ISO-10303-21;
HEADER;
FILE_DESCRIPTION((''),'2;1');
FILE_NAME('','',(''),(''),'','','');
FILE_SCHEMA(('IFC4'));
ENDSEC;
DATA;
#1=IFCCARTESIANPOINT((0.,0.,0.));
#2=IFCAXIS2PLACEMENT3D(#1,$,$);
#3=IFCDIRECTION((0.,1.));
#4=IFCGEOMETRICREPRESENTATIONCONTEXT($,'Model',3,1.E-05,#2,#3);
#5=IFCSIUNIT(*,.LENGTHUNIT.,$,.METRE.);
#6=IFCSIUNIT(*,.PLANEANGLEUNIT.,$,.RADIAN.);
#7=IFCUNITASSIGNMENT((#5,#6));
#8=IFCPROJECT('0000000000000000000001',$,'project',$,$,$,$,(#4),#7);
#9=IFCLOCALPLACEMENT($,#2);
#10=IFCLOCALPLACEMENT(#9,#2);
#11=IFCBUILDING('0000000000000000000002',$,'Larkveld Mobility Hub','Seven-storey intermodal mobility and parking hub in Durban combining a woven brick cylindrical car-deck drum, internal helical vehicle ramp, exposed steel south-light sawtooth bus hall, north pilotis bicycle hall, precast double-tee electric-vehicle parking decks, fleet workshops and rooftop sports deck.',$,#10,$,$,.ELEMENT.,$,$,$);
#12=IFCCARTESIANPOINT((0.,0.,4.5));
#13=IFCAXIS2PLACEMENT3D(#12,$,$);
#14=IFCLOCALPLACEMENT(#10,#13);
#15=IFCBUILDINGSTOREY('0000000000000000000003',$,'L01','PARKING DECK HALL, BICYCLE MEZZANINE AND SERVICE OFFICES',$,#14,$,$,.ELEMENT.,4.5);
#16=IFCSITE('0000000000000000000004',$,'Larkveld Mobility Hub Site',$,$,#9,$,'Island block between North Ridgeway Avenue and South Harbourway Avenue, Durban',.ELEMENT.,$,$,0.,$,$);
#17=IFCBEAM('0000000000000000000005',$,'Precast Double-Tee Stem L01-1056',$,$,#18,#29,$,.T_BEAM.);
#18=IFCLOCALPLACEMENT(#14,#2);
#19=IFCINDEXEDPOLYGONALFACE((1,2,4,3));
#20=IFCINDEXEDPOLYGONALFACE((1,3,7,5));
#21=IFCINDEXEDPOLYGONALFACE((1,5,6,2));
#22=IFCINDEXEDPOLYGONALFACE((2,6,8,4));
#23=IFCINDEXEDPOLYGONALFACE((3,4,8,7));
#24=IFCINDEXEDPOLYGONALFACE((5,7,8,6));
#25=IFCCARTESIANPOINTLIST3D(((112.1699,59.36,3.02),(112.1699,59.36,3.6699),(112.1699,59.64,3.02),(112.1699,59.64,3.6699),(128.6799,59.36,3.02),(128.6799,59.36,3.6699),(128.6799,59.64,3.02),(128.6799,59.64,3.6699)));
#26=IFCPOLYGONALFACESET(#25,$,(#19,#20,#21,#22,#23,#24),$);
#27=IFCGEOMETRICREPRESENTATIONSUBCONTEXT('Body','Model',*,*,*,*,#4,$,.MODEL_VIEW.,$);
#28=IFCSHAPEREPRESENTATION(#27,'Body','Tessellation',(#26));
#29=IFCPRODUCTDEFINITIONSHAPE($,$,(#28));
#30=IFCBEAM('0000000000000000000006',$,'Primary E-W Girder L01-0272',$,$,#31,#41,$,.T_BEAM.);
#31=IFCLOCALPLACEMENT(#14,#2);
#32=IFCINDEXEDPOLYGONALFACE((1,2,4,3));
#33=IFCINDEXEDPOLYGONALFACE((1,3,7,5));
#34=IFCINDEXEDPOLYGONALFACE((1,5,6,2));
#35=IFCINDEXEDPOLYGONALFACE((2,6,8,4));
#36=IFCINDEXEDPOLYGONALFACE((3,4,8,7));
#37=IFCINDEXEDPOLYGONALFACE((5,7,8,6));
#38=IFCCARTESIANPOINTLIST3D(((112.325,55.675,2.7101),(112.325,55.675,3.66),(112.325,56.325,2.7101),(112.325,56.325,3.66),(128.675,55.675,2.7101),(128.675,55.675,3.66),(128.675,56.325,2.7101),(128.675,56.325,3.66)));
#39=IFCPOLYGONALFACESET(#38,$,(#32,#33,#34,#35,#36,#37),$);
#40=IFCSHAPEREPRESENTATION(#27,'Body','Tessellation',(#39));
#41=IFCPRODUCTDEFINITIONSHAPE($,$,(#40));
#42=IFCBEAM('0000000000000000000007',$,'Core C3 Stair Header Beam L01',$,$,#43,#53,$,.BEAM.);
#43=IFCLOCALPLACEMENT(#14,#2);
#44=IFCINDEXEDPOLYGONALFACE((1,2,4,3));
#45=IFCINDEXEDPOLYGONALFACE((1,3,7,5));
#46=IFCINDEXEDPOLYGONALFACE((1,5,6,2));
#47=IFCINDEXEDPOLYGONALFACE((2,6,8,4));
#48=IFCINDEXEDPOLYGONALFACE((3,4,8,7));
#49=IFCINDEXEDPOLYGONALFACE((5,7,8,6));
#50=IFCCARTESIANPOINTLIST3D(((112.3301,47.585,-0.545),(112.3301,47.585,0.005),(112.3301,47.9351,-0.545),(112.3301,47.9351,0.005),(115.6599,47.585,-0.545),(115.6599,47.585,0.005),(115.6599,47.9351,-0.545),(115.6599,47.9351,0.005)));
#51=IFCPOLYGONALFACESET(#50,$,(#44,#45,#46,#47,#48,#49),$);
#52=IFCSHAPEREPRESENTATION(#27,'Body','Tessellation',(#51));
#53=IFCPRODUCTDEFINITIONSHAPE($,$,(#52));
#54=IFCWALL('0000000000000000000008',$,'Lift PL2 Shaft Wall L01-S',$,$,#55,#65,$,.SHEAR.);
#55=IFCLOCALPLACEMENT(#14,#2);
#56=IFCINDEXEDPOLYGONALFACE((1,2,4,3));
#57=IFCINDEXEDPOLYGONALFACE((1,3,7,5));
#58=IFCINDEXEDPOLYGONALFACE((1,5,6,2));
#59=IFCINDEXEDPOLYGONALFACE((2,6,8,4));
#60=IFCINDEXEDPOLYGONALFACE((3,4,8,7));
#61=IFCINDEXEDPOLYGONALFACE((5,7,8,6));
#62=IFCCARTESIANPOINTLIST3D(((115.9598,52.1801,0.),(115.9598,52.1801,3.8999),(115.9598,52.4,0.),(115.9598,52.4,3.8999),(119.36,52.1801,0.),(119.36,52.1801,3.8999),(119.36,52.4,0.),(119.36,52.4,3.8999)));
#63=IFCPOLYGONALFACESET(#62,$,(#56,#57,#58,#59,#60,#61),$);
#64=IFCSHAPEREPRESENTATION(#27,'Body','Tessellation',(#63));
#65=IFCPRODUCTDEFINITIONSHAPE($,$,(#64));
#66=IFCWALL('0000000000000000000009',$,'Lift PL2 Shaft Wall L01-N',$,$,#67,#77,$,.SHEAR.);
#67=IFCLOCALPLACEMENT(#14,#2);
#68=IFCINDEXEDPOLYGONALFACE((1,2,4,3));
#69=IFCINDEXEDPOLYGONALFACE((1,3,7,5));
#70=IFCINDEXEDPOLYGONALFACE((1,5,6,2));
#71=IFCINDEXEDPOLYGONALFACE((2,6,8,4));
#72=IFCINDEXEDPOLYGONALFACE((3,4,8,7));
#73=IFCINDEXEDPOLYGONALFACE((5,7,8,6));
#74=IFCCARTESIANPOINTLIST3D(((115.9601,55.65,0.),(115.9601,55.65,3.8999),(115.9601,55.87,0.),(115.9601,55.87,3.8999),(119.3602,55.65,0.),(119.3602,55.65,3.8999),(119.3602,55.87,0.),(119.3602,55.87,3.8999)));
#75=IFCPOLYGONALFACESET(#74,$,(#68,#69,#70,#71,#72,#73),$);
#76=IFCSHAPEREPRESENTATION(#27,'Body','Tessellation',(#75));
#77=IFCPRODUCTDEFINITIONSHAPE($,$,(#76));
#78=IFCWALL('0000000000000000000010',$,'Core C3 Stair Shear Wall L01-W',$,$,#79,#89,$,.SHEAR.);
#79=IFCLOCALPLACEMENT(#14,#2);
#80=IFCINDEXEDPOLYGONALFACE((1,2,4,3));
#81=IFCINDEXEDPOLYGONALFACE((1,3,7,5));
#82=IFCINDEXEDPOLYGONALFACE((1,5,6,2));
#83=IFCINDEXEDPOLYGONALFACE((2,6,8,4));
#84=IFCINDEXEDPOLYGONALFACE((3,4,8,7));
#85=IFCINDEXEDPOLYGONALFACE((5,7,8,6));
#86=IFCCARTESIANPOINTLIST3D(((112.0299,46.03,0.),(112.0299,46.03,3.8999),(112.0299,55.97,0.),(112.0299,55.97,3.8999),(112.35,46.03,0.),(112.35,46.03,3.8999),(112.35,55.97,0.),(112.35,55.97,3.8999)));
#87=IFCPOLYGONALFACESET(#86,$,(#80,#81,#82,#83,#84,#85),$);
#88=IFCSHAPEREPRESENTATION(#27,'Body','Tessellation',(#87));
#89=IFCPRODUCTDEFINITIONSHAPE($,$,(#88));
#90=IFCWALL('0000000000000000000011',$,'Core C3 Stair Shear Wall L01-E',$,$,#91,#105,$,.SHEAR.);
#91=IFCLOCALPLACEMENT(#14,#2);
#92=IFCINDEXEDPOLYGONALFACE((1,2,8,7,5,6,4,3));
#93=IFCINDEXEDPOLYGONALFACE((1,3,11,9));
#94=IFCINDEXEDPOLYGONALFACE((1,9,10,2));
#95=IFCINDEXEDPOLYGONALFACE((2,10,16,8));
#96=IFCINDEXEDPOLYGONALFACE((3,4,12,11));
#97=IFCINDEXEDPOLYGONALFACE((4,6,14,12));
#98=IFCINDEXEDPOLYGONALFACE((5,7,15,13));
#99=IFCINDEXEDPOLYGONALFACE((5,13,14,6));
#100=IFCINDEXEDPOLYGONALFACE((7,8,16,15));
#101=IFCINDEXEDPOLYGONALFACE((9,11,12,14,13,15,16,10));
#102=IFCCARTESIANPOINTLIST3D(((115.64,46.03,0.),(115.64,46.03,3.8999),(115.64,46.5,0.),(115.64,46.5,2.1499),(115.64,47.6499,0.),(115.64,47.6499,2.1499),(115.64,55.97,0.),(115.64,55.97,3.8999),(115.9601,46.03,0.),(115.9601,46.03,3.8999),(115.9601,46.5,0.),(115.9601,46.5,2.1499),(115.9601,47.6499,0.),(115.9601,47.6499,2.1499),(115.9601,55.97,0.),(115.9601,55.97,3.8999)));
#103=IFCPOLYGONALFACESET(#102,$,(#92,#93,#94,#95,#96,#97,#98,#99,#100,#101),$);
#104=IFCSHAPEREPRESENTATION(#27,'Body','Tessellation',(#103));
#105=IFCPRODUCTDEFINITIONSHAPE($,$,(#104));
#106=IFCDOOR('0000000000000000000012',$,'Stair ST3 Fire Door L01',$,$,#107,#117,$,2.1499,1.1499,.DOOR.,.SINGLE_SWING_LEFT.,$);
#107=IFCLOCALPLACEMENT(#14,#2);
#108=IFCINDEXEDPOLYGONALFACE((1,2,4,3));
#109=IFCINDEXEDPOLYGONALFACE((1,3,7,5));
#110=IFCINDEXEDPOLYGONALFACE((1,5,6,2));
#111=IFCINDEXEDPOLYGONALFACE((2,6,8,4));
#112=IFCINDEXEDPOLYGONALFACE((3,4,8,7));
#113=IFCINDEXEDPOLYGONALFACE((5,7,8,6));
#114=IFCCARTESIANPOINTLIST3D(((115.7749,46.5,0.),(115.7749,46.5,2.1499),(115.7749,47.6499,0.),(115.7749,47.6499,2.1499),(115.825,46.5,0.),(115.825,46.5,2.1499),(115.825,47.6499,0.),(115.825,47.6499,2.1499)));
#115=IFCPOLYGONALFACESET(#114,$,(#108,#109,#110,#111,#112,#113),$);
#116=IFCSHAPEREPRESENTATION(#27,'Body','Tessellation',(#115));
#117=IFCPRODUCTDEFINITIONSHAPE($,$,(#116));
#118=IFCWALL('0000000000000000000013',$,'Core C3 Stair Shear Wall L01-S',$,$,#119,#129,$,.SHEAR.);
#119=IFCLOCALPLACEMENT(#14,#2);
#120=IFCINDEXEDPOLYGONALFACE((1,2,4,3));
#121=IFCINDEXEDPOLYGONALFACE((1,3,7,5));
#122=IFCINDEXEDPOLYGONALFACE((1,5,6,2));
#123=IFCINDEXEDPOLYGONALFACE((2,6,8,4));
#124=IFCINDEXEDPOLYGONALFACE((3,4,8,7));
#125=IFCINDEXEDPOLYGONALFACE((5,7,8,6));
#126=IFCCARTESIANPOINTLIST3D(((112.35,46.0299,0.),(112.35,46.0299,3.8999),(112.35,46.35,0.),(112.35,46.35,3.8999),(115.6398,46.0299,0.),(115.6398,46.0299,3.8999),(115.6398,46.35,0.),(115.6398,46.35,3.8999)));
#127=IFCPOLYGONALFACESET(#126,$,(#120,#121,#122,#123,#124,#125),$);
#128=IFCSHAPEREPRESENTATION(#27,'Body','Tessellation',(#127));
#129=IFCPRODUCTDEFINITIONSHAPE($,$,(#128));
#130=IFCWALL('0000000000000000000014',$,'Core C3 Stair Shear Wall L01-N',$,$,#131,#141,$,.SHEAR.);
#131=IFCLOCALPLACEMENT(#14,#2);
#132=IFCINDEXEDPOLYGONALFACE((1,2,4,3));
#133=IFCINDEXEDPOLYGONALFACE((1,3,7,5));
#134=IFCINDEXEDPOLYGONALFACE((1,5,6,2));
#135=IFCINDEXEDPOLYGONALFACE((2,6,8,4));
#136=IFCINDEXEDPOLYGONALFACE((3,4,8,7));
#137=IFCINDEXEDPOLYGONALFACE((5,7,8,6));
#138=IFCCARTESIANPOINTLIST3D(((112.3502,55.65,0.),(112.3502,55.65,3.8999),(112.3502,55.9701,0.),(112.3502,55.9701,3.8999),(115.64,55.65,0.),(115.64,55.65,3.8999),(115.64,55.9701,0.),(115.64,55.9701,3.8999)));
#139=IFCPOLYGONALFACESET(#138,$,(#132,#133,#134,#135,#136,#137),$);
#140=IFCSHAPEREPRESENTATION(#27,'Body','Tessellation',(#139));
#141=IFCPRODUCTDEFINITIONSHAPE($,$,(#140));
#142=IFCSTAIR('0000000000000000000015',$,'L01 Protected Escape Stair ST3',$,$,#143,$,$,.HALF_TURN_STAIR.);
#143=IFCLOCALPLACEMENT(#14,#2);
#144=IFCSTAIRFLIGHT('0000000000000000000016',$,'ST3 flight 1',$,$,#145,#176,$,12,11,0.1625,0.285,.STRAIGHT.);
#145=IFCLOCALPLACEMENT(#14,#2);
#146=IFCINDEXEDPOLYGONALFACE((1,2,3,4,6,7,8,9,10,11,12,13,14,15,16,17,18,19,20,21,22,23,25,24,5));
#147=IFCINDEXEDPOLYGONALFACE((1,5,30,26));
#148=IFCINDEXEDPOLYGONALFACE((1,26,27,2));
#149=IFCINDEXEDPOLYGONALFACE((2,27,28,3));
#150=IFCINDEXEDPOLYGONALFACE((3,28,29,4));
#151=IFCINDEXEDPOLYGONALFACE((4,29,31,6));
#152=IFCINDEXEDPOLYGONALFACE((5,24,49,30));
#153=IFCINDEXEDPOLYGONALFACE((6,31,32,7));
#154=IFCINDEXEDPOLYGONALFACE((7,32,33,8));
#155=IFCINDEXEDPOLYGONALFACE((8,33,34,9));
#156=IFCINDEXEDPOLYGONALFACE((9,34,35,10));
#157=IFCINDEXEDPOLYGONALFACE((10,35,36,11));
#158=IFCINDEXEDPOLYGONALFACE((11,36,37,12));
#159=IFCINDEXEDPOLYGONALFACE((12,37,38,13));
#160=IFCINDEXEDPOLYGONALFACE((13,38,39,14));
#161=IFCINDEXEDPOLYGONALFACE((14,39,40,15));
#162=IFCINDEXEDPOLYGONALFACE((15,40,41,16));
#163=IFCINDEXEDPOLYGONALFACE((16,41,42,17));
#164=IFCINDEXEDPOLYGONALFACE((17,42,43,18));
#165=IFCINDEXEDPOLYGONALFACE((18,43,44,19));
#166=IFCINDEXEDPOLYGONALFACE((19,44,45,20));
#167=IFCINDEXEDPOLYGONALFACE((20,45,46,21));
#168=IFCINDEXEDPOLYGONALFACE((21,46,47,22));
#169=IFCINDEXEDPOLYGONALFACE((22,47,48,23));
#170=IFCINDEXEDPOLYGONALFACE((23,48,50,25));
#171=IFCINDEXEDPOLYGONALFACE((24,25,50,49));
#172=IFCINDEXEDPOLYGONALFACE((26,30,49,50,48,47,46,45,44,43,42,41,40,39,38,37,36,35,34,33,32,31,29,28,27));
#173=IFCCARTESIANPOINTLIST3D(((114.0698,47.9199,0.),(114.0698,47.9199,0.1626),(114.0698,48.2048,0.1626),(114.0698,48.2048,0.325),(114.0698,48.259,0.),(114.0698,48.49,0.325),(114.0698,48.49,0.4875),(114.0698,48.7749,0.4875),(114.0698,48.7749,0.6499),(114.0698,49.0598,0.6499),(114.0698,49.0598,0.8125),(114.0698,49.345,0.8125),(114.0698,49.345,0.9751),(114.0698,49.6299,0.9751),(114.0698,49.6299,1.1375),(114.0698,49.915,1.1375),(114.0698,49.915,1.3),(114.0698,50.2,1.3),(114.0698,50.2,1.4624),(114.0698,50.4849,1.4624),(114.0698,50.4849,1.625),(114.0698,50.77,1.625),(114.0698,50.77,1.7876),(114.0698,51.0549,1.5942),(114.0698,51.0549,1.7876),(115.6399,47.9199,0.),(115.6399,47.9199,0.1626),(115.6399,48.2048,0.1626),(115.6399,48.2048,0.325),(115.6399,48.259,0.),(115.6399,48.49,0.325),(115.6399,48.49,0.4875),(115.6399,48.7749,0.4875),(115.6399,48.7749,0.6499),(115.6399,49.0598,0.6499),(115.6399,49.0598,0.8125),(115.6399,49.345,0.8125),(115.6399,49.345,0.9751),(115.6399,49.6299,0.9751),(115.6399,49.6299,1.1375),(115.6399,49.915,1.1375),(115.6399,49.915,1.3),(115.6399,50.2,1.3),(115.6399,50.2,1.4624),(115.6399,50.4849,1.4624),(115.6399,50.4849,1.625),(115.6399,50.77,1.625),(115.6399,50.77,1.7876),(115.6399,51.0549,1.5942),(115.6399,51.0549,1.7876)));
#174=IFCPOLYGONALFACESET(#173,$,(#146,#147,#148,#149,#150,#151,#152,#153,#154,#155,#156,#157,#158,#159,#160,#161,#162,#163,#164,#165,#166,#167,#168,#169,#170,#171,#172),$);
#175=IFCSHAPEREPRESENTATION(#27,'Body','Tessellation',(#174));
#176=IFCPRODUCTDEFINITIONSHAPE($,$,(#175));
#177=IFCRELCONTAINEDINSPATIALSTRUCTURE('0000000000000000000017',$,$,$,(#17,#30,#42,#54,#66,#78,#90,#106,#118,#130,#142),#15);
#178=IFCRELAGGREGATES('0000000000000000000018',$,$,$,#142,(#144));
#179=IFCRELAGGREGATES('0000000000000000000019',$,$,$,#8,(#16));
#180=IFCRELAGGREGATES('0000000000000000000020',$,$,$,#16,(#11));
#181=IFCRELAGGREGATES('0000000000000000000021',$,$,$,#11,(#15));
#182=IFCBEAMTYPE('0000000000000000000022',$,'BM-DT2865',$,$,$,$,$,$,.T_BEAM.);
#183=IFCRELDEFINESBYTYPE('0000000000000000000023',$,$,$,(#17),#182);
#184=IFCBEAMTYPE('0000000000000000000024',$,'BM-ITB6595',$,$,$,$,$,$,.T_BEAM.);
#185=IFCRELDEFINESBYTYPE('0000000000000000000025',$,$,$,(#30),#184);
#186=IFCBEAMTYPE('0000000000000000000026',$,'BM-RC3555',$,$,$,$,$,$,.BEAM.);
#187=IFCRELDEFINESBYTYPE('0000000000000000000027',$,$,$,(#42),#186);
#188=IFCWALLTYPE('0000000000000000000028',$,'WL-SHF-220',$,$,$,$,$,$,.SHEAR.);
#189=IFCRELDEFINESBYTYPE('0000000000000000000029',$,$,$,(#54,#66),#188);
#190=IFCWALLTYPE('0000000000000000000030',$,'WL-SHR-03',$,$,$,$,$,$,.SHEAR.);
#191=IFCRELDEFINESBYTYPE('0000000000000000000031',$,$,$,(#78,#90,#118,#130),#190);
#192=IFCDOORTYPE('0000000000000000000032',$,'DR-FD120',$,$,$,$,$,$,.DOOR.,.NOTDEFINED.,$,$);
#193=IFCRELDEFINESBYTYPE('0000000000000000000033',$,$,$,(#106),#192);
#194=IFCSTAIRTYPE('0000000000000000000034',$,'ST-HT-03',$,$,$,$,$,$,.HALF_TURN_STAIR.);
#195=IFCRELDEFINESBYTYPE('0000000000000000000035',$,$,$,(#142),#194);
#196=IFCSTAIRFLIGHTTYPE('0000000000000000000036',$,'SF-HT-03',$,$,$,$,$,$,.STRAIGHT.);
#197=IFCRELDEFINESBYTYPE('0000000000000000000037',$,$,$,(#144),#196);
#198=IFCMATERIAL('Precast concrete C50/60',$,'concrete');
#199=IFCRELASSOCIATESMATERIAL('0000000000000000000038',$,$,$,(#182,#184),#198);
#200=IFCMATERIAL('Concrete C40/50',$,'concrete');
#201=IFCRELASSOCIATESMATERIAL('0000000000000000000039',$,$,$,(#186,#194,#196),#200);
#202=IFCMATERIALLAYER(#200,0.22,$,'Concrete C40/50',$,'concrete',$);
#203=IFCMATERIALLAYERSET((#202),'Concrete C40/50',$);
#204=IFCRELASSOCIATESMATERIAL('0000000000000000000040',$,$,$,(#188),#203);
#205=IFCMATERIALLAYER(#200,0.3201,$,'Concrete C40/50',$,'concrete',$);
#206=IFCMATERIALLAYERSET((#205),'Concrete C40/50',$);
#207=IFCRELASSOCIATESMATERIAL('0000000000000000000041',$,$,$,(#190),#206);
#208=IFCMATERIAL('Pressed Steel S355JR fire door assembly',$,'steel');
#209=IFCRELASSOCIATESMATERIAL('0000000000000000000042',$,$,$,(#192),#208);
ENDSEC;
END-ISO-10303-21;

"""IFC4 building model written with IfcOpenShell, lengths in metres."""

from ifc_helpers import new_model, si_unit, direction, frame, frame_2d, origin, origin_2d, place, context, subcontext, project, spatial, polyline, rectangle, outline, extrude, material, layer, layer_set, material_profile, profile_set, type_object, element, fill, aggregate, save


model = new_model("IFC4")

# Units and contexts
model_context = context("Model", 3, precision=1e-05, world=origin(), true_north=direction((0.0, 1.0)))
body_context = subcontext(model_context, "Body", "Model", "MODEL_VIEW")
ifc_project = project(units=[si_unit("LENGTHUNIT", "METRE"), si_unit("PLANEANGLEUNIT", "RADIAN")], contexts=[model_context])

# Site, building, storey
site_placement = place(None, origin())
site = spatial("IfcSite", under=ifc_project, at=site_placement, Name="Larkveld Mobility Hub Site", LongName="Island block between North Ridgeway Avenue and South Harbourway Avenue, Durban", CompositionType="ELEMENT", RefElevation=0.0)
building_placement = place(site_placement, origin())
building = spatial("IfcBuilding", under=site, at=building_placement, Name="Larkveld Mobility Hub", Description="Seven-storey intermodal mobility and parking hub in Durban combining a woven brick cylindrical car-deck drum, internal helical vehicle ramp, exposed steel south-light sawtooth bus hall, north pilotis bicycle hall, precast double-tee electric-vehicle parking decks, fleet workshops and rooftop sports deck.", CompositionType="ELEMENT")
storey_placement = place(building_placement, frame((0.0, 0.0, 4.5)))
storey = spatial("IfcBuildingStorey", under=building, at=storey_placement, Name="L01", Description="PARKING DECK HALL, BICYCLE MEZZANINE AND SERVICE OFFICES", CompositionType="ELEMENT", Elevation=4.5)

# Beams
ifc_material_1 = material(Name="Precast concrete C50/60", Category="concrete")
ifc_material_profile_1 = material_profile(ifc_material_1, rectangle(XDim=0.28, YDim=0.6499, at=origin_2d()), Name="PC DT 280x650")
ifc_profile_set_1 = profile_set([ifc_material_profile_1], Name="Precast concrete C50/60")
beam_type_1 = type_object("IfcBeamType", Name="BM-DT2865", PredefinedType="T_BEAM", material=ifc_profile_set_1)
beam_1_placement = place(storey_placement, frame((112.1699, 59.5, 3.345), z_axis=(1.0, 0.0, 0.0), x_axis=(0.0, 1.0, 0.0)))
element("IfcBeam", 1, at=beam_1_placement, inside=storey, type_object=beam_type_1, Name="Precast Double-Tee Stem L01-1056", PredefinedType="T_BEAM", context=body_context, shape_type="SweptSolid", body=[
    extrude(rectangle(XDim=0.28, YDim=0.6499, at=origin_2d()), origin(), (0.0, 0.0, 1.0), 16.51),
])
ifc_material_profile_2 = material_profile(ifc_material_1, rectangle(XDim=0.6499, YDim=0.95, at=origin_2d()), Name="PC ITB 650x950")
ifc_profile_set_2 = profile_set([ifc_material_profile_2], Name="Precast concrete C50/60")
beam_type_2 = type_object("IfcBeamType", Name="BM-ITB6595", PredefinedType="T_BEAM", material=ifc_profile_set_2)
beam_2_placement = place(storey_placement, frame((112.325, 56.0, 3.1851), z_axis=(1.0, 0.0, 0.0), x_axis=(0.0, 1.0, 0.0)))
element("IfcBeam", 2, at=beam_2_placement, inside=storey, type_object=beam_type_2, Name="Primary E-W Girder L01-0272", PredefinedType="T_BEAM", context=body_context, shape_type="SweptSolid", body=[
    extrude(rectangle(XDim=0.6499, YDim=0.95, at=origin_2d()), origin(), (0.0, 0.0, 1.0), 16.3501),
])
ifc_material_2 = material(Name="Concrete C40/50", Category="concrete")
ifc_material_profile_3 = material_profile(ifc_material_2, rectangle(XDim=0.3501, YDim=0.55, at=origin_2d()), Name="RC BM 350x550")
ifc_profile_set_3 = profile_set([ifc_material_profile_3], Name="Concrete C40/50")
beam_type_3 = type_object("IfcBeamType", Name="BM-RC3555", PredefinedType="BEAM", material=ifc_profile_set_3)
beam_3_placement = place(storey_placement, frame((112.3301, 47.76, -0.27), z_axis=(1.0, 0.0, 0.0), x_axis=(0.0, 1.0, 0.0)))
element("IfcBeam", 3, at=beam_3_placement, inside=storey, type_object=beam_type_3, Name="Core C3 Stair Header Beam L01", PredefinedType="BEAM", context=body_context, shape_type="SweptSolid", body=[
    extrude(rectangle(XDim=0.3501, YDim=0.55, at=origin_2d()), origin(), (0.0, 0.0, 1.0), 3.3298),
])

# Walls
ifc_layer_1 = layer(ifc_material_2, 0.22, Name="Concrete C40/50", Category="concrete")
ifc_layer_set_1 = layer_set([ifc_layer_1], Name="Concrete C40/50")
wall_type_1 = type_object("IfcWallType", Name="WL-SHF-220", PredefinedType="SHEAR", material=ifc_layer_set_1)
for number, where, z_axis, x_axis, name in (
    (4, (119.3601, 52.29, 0.0), (0.0, 0.0, 1.0), (-1.0, 0.0, 0.0), "Lift PL2 Shaft Wall L01-S"),
    (5, (115.96, 55.76, 0.0), (0.0, 0.0, 1.0), (1.0, 0.0, 0.0), "Lift PL2 Shaft Wall L01-N"),
):
    element("IfcWall", number, at=place(storey_placement, frame(where, z_axis=z_axis, x_axis=x_axis)), inside=storey, type_object=wall_type_1, Name=name, PredefinedType="SHEAR", context=body_context, shape_type="SweptSolid", body=[
        extrude(rectangle(XDim=3.4001, YDim=0.22, at=frame_2d((1.7002, 0.0))), origin(), (0.0, 0.0, 1.0), 3.8999),
    ])
ifc_layer_2 = layer(ifc_material_2, 0.3201, Name="Concrete C40/50", Category="concrete")
ifc_layer_set_2 = layer_set([ifc_layer_2], Name="Concrete C40/50")
wall_type_2 = type_object("IfcWallType", Name="WL-SHR-03", PredefinedType="SHEAR", material=ifc_layer_set_2)
wall_1_placement = place(storey_placement, frame((112.1899, 46.03, 0.0), z_axis=(0.0, 0.0, 1.0), x_axis=(0.0, 1.0, 0.0)))
element("IfcWall", 6, at=wall_1_placement, inside=storey, type_object=wall_type_2, Name="Core C3 Stair Shear Wall L01-W", PredefinedType="SHEAR", context=body_context, shape_type="SweptSolid", body=[
    extrude(rectangle(XDim=9.9399, YDim=0.3201, at=frame_2d((4.97, 0.0))), origin(), (0.0, 0.0, 1.0), 3.8999),
])

# Wall, opening, door
wall_2_placement = place(storey_placement, frame((115.8, 55.97, 0.0), z_axis=(0.0, 0.0, 1.0), x_axis=(0.0, -1.0, 0.0)))
wall_2 = element("IfcWall", 7, at=wall_2_placement, inside=storey, type_object=wall_type_2, Name="Core C3 Stair Shear Wall L01-E", PredefinedType="SHEAR", context=body_context, shape_type="SweptSolid", body=[
    extrude(rectangle(XDim=9.9399, YDim=0.3201, at=frame_2d((4.97, 0.0))), origin(), (0.0, 0.0, 1.0), 3.8999),
])
opening_placement = place(wall_2_placement, frame((8.3201, 0.0, 0.0)))
opening = element("IfcOpeningElement", 8, at=opening_placement, cuts=wall_2, PredefinedType="OPENING", context=body_context, shape_type="SweptSolid", body=[
    extrude(rectangle(XDim=1.1499, YDim=2.1499, at=frame_2d((0.575, 1.075))), frame((0.0, 0.1699, 0.0), z_axis=(0.0, -1.0, 0.0), x_axis=(1.0, 0.0, 0.0)), (0.0, 0.0, 1.0), 0.3401),
])
ifc_material_3 = material(Name="Pressed Steel S355JR fire door assembly", Category="steel")
door_type = type_object("IfcDoorType", Name="DR-FD120", OperationType="NOTDEFINED", PredefinedType="DOOR", material=ifc_material_3)
door_placement = place(opening_placement, origin())
door = element("IfcDoor", 9, at=door_placement, inside=storey, type_object=door_type, Name="Stair ST3 Fire Door L01", OperationType="SINGLE_SWING_LEFT", OverallHeight=2.1499, OverallWidth=1.1499, PredefinedType="DOOR", context=body_context, shape_type="SweptSolid", body=[
    extrude(rectangle(XDim=1.1499, YDim=2.1499, at=frame_2d((0.575, 1.075))), frame((0.0, 0.0249, 0.0), z_axis=(0.0, -1.0, 0.0), x_axis=(1.0, 0.0, 0.0)), (0.0, 0.0, 1.0), 0.05),
])
fill(opening, door)

# Walls
for number, where, z_axis, x_axis, name in (
    (10, (115.6399, 46.1899, 0.0), (0.0, 0.0, 1.0), (-1.0, 0.0, 0.0), "Core C3 Stair Shear Wall L01-S"),
    (11, (112.3501, 55.8101, 0.0), (0.0, 0.0, 1.0), (1.0, 0.0, 0.0), "Core C3 Stair Shear Wall L01-N"),
):
    element("IfcWall", number, at=place(storey_placement, frame(where, z_axis=z_axis, x_axis=x_axis)), inside=storey, type_object=wall_type_2, Name=name, PredefinedType="SHEAR", context=body_context, shape_type="SweptSolid", body=[
        extrude(rectangle(XDim=3.2898, YDim=0.3201, at=frame_2d((1.645, 0.0))), origin(), (0.0, 0.0, 1.0), 3.8999),
    ])

# Stair, stair flight
stair_type = type_object("IfcStairType", Name="ST-HT-03", PredefinedType="HALF_TURN_STAIR", material=ifc_material_2)
stair_placement = place(storey_placement, origin())
stair = element("IfcStair", 12, at=stair_placement, inside=storey, type_object=stair_type, Name="L01 Protected Escape Stair ST3", PredefinedType="HALF_TURN_STAIR")
stair_flight_type = type_object("IfcStairFlightType", Name="SF-HT-03", PredefinedType="STRAIGHT", material=ifc_material_2)
stair_flight_1_placement = place(storey_placement, frame((114.855, 47.9199, 0.0), z_axis=(0.0, 0.0, 1.0), x_axis=(0.0, 1.0, 0.0)))
stair_flight_1 = element("IfcStairFlight", 13, at=stair_flight_1_placement, type_object=stair_flight_type, Name="ST3 flight 1", NumberOfRisers=12, NumberOfTreads=11, PredefinedType="STRAIGHT", RiserHeight=0.1625, TreadLength=0.285, context=body_context, shape_type="SweptSolid", body=[
    extrude(outline(polyline([(0.0, 0.0), (0.0, 0.1626), (0.2849, 0.1626), (0.2849, 0.325), (0.5701, 0.325), (0.5701, 0.4875), (0.855, 0.4875), (0.855, 0.6499), (1.1399, 0.6499), (1.1399, 0.8125), (1.425, 0.8125), (1.425, 0.9751), (1.71, 0.9751), (1.71, 1.1375), (1.9951, 1.1375), (1.9951, 1.3), (2.28, 1.3), (2.28, 1.4624), (2.5649, 1.4624), (2.5649, 1.625), (2.8501, 1.625), (2.8501, 1.7876), (3.135, 1.7876), (3.135, 1.95), (3.135, 1.5942), (0.3391, 0.0), (0.0, 0.0)])), frame((0.0, 0.7852, 0.0), z_axis=(0.0, -1.0, 0.0), x_axis=(1.0, 0.0, 0.0)), (0.0, 0.0, 1.0), 1.5701),
])
aggregate(stair, [stair_flight_1])

save(model, "model.ifc")
